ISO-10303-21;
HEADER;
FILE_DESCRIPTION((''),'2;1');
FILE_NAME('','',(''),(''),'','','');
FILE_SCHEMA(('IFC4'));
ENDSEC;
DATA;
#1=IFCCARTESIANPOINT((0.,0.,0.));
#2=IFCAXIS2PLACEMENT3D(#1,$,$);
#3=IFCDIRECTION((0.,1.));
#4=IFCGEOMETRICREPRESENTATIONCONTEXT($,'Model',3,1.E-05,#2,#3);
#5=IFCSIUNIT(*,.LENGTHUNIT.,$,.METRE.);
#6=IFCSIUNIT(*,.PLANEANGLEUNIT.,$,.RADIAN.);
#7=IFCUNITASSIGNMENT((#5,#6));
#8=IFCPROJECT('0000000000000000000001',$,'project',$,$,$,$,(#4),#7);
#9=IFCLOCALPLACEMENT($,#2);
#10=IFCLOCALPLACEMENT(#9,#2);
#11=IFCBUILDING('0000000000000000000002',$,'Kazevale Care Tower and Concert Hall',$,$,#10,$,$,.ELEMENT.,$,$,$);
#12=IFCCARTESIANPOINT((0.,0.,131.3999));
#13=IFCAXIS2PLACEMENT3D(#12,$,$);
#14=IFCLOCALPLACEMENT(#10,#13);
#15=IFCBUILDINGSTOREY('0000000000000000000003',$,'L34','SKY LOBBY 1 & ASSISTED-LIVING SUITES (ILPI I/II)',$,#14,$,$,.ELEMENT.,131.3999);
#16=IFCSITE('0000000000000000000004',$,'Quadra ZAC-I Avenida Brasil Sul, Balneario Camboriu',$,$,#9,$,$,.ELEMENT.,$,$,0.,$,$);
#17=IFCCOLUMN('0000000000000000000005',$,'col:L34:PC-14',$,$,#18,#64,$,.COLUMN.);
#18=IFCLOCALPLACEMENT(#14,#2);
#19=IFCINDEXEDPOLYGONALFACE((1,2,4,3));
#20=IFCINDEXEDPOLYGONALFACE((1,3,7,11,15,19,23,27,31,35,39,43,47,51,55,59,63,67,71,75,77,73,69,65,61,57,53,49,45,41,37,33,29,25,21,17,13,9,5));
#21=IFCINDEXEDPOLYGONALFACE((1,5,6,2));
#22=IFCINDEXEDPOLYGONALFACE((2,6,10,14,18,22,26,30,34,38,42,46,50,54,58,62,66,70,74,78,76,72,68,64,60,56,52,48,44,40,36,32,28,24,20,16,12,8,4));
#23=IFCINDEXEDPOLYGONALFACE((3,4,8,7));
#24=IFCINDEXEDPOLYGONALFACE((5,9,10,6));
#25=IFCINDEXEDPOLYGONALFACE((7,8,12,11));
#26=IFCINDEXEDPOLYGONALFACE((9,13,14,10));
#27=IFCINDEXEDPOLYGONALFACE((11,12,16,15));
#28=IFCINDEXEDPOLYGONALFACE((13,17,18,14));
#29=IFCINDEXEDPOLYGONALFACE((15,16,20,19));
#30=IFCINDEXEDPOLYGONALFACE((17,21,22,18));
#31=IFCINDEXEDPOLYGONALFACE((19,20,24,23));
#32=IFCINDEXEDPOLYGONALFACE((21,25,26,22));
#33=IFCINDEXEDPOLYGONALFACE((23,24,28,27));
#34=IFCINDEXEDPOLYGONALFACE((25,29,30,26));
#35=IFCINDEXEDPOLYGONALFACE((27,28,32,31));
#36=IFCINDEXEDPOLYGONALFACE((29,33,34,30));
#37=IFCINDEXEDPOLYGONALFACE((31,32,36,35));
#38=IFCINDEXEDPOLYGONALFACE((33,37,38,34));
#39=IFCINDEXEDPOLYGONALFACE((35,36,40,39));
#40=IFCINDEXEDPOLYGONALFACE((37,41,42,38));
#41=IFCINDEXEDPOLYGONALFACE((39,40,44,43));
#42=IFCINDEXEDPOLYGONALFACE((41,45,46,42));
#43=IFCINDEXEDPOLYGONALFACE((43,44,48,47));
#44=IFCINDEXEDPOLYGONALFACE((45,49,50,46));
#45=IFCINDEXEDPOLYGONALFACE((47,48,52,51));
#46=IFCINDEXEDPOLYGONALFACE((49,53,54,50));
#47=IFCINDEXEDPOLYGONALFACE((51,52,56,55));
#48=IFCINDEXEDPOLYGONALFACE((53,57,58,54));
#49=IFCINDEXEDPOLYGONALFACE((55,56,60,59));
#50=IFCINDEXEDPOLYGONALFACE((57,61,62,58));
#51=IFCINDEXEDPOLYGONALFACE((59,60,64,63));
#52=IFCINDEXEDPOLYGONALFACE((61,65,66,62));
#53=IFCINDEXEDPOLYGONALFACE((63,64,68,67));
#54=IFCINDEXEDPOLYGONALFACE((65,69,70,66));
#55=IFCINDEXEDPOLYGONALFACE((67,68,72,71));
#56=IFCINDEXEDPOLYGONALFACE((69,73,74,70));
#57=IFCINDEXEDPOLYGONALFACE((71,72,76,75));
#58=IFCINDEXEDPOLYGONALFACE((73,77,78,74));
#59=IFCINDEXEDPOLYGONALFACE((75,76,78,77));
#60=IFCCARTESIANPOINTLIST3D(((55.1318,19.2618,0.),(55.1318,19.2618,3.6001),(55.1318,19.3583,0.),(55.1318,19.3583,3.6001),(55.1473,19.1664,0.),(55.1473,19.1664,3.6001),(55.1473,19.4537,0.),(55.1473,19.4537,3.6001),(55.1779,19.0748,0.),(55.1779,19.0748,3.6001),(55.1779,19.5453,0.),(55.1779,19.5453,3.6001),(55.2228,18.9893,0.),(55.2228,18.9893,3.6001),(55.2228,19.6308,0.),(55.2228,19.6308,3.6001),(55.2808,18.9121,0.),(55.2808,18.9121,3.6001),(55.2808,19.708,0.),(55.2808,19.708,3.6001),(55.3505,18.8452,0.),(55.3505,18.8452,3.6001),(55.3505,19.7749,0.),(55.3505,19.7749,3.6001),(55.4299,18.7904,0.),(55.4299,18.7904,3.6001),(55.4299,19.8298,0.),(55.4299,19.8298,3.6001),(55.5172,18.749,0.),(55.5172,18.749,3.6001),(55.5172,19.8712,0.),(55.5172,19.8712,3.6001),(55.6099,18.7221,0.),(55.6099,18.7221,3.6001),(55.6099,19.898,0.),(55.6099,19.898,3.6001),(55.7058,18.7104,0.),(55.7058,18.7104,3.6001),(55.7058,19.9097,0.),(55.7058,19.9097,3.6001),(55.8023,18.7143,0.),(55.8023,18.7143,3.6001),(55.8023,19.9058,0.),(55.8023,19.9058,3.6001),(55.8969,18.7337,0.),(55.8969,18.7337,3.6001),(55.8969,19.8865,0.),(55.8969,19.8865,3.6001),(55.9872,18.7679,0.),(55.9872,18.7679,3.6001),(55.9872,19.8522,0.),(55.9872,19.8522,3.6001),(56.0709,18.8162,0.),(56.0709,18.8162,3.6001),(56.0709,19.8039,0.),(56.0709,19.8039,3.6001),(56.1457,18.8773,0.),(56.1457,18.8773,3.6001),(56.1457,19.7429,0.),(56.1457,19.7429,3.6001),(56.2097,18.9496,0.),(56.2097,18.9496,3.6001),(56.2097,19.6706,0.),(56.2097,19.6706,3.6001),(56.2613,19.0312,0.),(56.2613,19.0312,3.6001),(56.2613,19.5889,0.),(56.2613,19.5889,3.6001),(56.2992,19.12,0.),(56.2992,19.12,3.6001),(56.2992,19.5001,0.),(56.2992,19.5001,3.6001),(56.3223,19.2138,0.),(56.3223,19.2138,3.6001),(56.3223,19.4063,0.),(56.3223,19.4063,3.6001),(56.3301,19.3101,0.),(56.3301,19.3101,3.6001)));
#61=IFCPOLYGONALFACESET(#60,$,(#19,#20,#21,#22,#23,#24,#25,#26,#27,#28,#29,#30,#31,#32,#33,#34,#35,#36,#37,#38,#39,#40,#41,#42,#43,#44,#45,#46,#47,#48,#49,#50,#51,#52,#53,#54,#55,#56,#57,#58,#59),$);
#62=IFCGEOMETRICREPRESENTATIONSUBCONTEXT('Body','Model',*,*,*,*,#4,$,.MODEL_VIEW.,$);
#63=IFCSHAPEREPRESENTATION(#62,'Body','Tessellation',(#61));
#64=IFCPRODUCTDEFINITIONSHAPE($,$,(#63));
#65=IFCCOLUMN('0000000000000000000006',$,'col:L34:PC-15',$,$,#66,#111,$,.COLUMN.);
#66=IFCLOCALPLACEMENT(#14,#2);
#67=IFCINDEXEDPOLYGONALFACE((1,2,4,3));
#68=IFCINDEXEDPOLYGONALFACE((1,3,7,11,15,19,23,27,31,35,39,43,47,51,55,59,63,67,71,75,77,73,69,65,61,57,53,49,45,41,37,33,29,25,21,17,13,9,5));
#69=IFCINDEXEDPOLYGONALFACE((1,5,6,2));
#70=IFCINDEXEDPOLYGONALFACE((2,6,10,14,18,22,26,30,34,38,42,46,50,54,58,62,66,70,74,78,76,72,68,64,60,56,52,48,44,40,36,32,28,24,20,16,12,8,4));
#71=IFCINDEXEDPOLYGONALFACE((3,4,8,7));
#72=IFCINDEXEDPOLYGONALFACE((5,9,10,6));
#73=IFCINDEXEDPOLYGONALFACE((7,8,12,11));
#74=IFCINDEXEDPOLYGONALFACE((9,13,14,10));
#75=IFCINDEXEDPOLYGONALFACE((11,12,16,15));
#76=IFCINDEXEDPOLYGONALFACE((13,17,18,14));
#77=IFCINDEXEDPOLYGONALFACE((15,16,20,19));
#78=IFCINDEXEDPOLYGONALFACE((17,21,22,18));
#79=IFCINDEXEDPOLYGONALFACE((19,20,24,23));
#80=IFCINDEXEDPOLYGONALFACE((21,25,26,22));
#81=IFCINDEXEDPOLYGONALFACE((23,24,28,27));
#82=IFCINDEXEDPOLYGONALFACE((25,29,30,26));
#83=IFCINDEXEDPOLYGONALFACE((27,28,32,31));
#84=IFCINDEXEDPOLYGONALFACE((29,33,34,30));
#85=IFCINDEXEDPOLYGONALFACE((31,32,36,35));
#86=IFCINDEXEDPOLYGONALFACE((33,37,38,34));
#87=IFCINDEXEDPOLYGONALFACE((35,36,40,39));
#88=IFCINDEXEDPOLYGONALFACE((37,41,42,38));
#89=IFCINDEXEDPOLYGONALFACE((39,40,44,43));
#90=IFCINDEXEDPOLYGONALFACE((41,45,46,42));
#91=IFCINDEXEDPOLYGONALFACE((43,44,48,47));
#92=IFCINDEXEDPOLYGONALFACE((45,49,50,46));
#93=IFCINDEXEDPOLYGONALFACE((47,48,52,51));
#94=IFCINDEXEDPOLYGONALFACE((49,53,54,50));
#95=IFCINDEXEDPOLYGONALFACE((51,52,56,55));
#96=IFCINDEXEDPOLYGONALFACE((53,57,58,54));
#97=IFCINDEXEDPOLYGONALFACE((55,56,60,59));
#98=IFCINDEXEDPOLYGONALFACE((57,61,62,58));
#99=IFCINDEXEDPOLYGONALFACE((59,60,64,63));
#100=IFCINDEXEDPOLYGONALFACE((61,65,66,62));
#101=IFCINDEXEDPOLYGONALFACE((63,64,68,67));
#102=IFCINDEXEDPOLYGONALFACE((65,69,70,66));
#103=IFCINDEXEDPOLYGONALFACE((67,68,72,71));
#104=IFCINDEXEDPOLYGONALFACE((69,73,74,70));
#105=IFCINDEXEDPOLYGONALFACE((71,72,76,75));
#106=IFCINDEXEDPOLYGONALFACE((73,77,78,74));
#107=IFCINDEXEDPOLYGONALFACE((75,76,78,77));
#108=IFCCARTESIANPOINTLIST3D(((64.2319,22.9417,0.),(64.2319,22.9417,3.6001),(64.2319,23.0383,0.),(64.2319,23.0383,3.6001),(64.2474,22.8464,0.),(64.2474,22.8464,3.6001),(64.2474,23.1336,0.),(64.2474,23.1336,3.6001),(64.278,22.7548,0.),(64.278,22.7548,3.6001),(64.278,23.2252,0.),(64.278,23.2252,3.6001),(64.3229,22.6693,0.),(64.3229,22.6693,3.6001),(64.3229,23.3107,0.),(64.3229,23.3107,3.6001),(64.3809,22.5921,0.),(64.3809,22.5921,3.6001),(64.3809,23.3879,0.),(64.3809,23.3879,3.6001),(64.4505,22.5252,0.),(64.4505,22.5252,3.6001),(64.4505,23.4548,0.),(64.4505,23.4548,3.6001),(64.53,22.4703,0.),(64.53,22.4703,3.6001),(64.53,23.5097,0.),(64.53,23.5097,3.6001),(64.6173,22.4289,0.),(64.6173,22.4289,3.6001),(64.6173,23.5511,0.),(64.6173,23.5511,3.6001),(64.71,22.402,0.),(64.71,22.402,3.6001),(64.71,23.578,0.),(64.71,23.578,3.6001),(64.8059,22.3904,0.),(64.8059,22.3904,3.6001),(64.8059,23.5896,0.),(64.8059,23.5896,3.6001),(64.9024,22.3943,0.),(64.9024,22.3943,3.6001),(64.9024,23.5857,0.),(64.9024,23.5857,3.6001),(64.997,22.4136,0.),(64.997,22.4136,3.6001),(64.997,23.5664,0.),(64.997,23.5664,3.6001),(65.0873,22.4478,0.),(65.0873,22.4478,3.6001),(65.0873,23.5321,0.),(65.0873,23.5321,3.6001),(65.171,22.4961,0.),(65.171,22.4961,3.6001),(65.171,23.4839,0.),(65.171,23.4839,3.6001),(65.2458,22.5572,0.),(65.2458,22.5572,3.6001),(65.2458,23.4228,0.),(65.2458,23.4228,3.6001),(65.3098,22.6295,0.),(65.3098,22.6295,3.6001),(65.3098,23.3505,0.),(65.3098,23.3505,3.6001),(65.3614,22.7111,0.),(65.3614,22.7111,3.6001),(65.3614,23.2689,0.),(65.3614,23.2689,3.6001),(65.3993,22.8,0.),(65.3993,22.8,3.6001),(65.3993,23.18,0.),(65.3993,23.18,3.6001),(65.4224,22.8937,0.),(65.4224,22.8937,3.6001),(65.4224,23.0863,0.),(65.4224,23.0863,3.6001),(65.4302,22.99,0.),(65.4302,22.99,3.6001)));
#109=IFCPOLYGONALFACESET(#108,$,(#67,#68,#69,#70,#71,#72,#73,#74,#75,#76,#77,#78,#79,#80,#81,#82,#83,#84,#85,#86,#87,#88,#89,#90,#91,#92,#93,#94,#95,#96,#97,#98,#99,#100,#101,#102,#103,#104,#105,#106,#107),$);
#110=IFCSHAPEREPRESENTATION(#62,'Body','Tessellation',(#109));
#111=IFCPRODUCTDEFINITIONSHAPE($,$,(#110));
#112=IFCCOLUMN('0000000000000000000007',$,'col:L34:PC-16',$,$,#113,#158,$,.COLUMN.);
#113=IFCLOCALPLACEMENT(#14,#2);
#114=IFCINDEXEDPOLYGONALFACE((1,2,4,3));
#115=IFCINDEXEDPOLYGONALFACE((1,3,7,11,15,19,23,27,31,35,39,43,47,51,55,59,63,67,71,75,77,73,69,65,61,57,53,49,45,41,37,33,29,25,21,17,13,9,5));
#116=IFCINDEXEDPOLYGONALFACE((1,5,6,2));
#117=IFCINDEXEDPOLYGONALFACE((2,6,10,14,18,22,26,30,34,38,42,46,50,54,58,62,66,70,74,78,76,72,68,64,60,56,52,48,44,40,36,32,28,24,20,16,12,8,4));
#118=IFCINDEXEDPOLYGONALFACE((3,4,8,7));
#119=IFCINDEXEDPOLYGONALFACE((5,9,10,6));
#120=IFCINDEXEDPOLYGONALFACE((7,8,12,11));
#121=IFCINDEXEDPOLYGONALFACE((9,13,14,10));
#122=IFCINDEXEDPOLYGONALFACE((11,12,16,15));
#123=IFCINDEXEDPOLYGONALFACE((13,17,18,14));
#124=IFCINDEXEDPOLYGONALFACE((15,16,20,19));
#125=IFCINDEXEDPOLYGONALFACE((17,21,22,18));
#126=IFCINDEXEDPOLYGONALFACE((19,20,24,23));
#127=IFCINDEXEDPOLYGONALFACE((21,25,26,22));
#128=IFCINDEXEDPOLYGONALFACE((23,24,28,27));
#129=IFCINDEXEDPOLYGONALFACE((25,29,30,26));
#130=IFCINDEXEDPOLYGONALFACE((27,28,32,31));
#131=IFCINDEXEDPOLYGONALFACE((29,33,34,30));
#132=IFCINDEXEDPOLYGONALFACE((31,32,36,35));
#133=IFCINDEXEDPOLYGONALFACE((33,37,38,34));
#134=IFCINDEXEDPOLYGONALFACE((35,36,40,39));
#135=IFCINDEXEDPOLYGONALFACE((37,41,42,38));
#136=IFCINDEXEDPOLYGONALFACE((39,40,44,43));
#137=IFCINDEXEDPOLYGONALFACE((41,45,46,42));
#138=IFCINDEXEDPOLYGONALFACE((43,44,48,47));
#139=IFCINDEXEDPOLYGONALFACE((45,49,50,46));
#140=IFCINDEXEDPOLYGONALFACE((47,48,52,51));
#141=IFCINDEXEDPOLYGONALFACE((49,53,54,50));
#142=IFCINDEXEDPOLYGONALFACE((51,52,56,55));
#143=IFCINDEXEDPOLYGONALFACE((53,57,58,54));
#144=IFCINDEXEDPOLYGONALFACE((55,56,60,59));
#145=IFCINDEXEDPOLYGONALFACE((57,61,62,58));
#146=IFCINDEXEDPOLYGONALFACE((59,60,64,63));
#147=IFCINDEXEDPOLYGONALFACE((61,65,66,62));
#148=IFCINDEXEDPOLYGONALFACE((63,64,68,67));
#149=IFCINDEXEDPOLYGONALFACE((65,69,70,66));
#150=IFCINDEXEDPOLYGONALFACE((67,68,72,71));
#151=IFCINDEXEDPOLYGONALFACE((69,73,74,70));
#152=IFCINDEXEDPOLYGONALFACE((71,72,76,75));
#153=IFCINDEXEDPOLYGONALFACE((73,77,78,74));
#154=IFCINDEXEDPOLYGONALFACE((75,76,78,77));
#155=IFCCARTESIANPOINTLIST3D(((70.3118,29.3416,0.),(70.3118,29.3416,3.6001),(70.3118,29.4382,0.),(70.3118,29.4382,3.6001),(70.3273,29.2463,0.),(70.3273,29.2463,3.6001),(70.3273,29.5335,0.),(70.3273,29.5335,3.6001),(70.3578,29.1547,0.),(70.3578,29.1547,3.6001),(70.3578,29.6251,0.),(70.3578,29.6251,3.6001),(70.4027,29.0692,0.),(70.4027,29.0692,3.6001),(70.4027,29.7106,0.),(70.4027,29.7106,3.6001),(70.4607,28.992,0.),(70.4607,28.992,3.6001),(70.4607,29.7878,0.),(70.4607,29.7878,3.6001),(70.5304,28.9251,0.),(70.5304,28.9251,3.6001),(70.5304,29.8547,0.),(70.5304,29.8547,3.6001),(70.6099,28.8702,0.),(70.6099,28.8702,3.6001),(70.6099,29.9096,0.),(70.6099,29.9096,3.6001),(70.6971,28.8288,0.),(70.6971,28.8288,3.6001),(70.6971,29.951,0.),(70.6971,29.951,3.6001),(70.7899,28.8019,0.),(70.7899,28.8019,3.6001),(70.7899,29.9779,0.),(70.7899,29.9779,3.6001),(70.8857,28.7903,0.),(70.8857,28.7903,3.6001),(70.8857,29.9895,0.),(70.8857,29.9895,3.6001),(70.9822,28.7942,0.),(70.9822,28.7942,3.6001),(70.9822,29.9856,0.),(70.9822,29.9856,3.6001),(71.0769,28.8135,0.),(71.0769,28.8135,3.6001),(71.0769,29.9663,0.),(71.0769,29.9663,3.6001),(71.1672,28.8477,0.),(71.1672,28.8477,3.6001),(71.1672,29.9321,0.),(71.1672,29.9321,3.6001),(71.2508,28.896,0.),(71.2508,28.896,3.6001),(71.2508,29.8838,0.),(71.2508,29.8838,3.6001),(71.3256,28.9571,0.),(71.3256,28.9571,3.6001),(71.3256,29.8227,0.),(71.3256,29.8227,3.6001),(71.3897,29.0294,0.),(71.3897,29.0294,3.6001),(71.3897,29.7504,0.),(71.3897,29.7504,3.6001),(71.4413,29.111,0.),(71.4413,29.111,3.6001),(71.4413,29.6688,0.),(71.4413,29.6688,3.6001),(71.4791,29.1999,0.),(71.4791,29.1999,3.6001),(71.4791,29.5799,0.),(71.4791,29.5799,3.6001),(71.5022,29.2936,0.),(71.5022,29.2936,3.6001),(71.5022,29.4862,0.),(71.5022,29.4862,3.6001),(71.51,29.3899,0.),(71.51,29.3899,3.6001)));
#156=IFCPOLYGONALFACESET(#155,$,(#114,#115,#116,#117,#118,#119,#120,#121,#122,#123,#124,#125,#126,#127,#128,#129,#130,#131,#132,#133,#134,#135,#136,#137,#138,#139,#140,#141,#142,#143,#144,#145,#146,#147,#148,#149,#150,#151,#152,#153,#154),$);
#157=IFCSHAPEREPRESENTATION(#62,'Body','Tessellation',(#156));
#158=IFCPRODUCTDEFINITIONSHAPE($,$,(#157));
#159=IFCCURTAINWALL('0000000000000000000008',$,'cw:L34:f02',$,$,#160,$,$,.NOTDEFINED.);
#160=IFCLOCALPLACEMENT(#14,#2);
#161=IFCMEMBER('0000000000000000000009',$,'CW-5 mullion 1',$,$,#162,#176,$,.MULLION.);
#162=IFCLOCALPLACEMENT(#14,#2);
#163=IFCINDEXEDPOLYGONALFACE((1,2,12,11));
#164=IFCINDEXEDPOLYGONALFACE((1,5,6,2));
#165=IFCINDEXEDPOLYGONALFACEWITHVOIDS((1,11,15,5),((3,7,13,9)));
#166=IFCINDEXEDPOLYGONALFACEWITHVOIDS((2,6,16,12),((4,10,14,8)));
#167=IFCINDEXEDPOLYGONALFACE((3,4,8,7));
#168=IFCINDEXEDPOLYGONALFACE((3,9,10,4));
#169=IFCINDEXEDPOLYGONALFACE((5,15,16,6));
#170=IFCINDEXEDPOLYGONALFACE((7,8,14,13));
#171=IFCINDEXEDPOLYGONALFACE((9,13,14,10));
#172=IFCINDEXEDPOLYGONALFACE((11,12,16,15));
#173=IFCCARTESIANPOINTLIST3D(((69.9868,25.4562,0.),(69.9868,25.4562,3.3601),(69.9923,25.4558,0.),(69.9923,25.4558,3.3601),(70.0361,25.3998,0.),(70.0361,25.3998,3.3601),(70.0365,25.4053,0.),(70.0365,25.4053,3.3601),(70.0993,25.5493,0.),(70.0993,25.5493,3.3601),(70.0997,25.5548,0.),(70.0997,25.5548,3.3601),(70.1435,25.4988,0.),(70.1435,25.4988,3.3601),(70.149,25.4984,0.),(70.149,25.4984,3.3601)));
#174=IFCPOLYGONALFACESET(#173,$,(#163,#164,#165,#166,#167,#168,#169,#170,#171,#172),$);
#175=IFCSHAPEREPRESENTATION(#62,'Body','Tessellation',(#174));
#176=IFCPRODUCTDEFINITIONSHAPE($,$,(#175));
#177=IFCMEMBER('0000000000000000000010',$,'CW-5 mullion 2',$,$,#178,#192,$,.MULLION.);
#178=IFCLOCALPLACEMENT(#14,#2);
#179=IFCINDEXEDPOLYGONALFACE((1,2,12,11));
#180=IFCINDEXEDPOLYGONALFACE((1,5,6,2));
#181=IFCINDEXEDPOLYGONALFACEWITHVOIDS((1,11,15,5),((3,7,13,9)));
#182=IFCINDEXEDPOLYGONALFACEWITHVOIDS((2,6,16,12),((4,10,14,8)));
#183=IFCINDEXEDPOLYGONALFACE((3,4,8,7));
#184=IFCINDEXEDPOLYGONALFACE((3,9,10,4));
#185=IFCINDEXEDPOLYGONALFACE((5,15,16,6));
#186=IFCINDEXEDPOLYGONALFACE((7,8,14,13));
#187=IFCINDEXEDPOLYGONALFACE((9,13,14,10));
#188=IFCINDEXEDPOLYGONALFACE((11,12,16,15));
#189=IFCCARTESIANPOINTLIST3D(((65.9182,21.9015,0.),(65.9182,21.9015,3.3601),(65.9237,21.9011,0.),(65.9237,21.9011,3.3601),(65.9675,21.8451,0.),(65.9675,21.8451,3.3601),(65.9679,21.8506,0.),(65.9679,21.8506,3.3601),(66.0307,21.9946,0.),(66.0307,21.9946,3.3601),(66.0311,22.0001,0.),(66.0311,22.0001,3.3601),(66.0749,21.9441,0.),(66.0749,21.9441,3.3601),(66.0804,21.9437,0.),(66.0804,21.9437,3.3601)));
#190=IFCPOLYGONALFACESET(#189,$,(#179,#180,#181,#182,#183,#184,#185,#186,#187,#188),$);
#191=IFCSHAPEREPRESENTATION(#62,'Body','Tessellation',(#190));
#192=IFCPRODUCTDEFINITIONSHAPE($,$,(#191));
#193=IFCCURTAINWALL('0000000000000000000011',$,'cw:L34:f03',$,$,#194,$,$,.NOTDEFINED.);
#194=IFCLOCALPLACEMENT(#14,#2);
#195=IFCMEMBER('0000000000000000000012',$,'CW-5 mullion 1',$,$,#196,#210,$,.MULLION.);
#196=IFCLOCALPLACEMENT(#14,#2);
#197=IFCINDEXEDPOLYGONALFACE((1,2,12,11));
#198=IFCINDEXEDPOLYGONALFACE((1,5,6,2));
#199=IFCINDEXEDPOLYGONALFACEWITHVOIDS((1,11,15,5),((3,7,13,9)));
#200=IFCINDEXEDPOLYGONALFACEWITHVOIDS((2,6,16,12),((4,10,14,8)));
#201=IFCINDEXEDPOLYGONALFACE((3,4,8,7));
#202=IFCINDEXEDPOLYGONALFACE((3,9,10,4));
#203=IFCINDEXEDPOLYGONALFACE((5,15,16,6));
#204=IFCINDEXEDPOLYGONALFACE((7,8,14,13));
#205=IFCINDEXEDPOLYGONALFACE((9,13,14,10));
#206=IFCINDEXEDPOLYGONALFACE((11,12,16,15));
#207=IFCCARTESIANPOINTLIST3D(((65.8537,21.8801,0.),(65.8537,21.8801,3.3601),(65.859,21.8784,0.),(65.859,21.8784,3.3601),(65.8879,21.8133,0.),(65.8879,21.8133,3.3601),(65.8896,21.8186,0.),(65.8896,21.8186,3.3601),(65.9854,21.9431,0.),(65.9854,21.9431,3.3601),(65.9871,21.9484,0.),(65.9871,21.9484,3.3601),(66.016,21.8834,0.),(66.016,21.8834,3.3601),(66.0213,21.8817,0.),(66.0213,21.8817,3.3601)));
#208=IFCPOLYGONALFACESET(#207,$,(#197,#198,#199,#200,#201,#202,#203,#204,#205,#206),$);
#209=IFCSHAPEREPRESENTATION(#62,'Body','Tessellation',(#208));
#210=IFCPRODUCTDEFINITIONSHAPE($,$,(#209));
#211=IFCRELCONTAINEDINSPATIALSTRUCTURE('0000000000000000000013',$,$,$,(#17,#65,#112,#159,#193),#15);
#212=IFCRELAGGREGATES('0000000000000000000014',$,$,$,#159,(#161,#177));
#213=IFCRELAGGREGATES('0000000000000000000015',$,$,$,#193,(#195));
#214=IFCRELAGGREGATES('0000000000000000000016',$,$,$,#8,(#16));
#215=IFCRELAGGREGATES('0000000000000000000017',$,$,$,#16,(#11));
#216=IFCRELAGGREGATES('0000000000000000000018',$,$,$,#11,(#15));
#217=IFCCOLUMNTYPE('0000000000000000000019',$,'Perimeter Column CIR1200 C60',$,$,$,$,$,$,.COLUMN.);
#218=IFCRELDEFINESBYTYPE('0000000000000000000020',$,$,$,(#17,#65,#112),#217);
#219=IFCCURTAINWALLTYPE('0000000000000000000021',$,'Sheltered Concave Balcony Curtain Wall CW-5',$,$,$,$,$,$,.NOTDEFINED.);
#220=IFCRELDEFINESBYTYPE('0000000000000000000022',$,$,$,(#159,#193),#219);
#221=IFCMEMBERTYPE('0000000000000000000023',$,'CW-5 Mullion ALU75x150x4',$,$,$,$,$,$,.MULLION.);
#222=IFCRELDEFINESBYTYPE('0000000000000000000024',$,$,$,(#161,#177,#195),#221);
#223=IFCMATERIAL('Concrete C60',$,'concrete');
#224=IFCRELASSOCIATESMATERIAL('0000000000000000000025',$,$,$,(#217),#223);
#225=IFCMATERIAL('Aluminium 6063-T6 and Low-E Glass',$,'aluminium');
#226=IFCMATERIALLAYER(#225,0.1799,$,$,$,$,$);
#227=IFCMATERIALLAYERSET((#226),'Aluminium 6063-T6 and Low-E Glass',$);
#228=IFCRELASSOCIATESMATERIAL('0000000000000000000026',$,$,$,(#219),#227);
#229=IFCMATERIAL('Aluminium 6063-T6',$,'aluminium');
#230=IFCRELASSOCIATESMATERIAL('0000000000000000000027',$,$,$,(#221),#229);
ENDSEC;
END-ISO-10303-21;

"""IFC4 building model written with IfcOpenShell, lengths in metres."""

from ifc_helpers import new_model, si_unit, direction, frame, origin, origin_2d, place, context, subcontext, project, spatial, hollow_rectangle, circle, extrude, material, layer, layer_set, material_profile, profile_set, type_object, element, aggregate, save


model = new_model("IFC4")

# Units and contexts
model_context = context("Model", 3, precision=1e-05, world=origin(), true_north=direction((0.0, 1.0)))
body_context = subcontext(model_context, "Body", "Model", "MODEL_VIEW")
ifc_project = project(units=[si_unit("LENGTHUNIT", "METRE"), si_unit("PLANEANGLEUNIT", "RADIAN")], contexts=[model_context])

# Site, building, storey
site_placement = place(None, origin())
site = spatial("IfcSite", under=ifc_project, at=site_placement, Name="Quadra ZAC-I Avenida Brasil Sul, Balneario Camboriu", CompositionType="ELEMENT", RefElevation=0.0)
building_placement = place(site_placement, origin())
building = spatial("IfcBuilding", under=site, at=building_placement, Name="Kazevale Care Tower and Concert Hall", CompositionType="ELEMENT")
storey_placement = place(building_placement, frame((0.0, 0.0, 131.3999)))
storey = spatial("IfcBuildingStorey", under=building, at=storey_placement, Name="L34", Description="SKY LOBBY 1 & ASSISTED-LIVING SUITES (ILPI I/II)", CompositionType="ELEMENT", Elevation=131.3999)

# Columns
ifc_material_1 = material(Name="Concrete C60", Category="concrete")
ifc_material_profile_1 = material_profile(ifc_material_1, circle(Radius=0.6001, at=origin_2d()), Name="RC-CIR1200")
ifc_profile_set_1 = profile_set([ifc_material_profile_1], Name="Concrete C60")
column_type = type_object("IfcColumnType", Name="Perimeter Column CIR1200 C60", PredefinedType="COLUMN", material=ifc_profile_set_1)
for number, where, z_axis, x_axis, name in (
    (1, (55.73, 19.3101, 0.0), (0.0, 0.0, 1.0), (1.0, 0.0, 0.0), "col:L34:PC-14"),
    (2, (64.8301, 22.99, 0.0), (0.0, 0.0, 1.0), (1.0, 0.0, 0.0), "col:L34:PC-15"),
    (3, (70.9099, 29.3899, 0.0), (0.0, 0.0, 1.0), (1.0, 0.0, 0.0), "col:L34:PC-16"),
):
    element("IfcColumn", number, at=place(storey_placement, frame(where, z_axis=z_axis, x_axis=x_axis)), inside=storey, type_object=column_type, Name=name, PredefinedType="COLUMN", context=body_context, shape_type="SweptSolid", body=[
        extrude(circle(Radius=0.6001, at=origin_2d()), origin(), (0.0, 0.0, 1.0), 3.6001),
    ])

# Curtain walls, members
ifc_material_2 = material(Name="Aluminium 6063-T6 and Low-E Glass", Category="aluminium")
ifc_layer_1 = layer(ifc_material_2, 0.1799)
ifc_layer_set_1 = layer_set([ifc_layer_1], Name="Aluminium 6063-T6 and Low-E Glass")
curtain_wall_type = type_object("IfcCurtainWallType", Name="Sheltered Concave Balcony Curtain Wall CW-5", PredefinedType="NOTDEFINED", material=ifc_layer_set_1)
curtain_wall_1_placement = place(storey_placement, origin())
curtain_wall_1 = element("IfcCurtainWall", 4, at=curtain_wall_1_placement, inside=storey, type_object=curtain_wall_type, Name="cw:L34:f02", PredefinedType="NOTDEFINED")
ifc_material_3 = material(Name="Aluminium 6063-T6", Category="aluminium")
ifc_material_profile_2 = material_profile(ifc_material_3, hollow_rectangle(XDim=0.075, YDim=0.1499, WallThickness=0.0039, at=origin_2d()), Name="ALU75x150x4")
ifc_profile_set_2 = profile_set([ifc_material_profile_2], Name="Aluminium 6063-T6")
member_type_1 = type_object("IfcMemberType", Name="CW-5 Mullion ALU75x150x4", PredefinedType="MULLION", material=ifc_profile_set_2)
member_1_placement = place(storey_placement, frame((70.0679, 25.4773, 0.0), z_axis=(0.0, 0.0, 1.0), x_axis=(0.657949, -0.753063, 0.0)))
member_1 = element("IfcMember", 5, at=member_1_placement, type_object=member_type_1, Name="CW-5 mullion 1", PredefinedType="MULLION", context=body_context, shape_type="SweptSolid", body=[
    extrude(hollow_rectangle(XDim=0.075, YDim=0.1499, WallThickness=0.0039, at=origin_2d()), origin(), (0.0, 0.0, 1.0), 3.3601),
])
member_2_placement = place(storey_placement, frame((65.9993, 21.9226, 0.0), z_axis=(0.0, 0.0, 1.0), x_axis=(0.657949, -0.753063, 0.0)))
member_2 = element("IfcMember", 6, at=member_2_placement, type_object=member_type_1, Name="CW-5 mullion 2", PredefinedType="MULLION", context=body_context, shape_type="SweptSolid", body=[
    extrude(hollow_rectangle(XDim=0.075, YDim=0.1499, WallThickness=0.0039, at=origin_2d()), origin(), (0.0, 0.0, 1.0), 3.3601),
])
curtain_wall_2_placement = place(storey_placement, origin())
curtain_wall_2 = element("IfcCurtainWall", 7, at=curtain_wall_2_placement, inside=storey, type_object=curtain_wall_type, Name="cw:L34:f03", PredefinedType="NOTDEFINED")
member_3_placement = place(storey_placement, frame((65.9375, 21.8809, 0.0), z_axis=(0.0, 0.0, 1.0), x_axis=(0.455713, -0.890127, 0.0)))
member_3 = element("IfcMember", 8, at=member_3_placement, type_object=member_type_1, Name="CW-5 mullion 1", PredefinedType="MULLION", context=body_context, shape_type="SweptSolid", body=[
    extrude(hollow_rectangle(XDim=0.075, YDim=0.1499, WallThickness=0.0039, at=origin_2d()), origin(), (0.0, 0.0, 1.0), 3.3601),
])

aggregate(curtain_wall_1, [member_1, member_2])
aggregate(curtain_wall_2, [member_3])

save(model, "model.ifc")
